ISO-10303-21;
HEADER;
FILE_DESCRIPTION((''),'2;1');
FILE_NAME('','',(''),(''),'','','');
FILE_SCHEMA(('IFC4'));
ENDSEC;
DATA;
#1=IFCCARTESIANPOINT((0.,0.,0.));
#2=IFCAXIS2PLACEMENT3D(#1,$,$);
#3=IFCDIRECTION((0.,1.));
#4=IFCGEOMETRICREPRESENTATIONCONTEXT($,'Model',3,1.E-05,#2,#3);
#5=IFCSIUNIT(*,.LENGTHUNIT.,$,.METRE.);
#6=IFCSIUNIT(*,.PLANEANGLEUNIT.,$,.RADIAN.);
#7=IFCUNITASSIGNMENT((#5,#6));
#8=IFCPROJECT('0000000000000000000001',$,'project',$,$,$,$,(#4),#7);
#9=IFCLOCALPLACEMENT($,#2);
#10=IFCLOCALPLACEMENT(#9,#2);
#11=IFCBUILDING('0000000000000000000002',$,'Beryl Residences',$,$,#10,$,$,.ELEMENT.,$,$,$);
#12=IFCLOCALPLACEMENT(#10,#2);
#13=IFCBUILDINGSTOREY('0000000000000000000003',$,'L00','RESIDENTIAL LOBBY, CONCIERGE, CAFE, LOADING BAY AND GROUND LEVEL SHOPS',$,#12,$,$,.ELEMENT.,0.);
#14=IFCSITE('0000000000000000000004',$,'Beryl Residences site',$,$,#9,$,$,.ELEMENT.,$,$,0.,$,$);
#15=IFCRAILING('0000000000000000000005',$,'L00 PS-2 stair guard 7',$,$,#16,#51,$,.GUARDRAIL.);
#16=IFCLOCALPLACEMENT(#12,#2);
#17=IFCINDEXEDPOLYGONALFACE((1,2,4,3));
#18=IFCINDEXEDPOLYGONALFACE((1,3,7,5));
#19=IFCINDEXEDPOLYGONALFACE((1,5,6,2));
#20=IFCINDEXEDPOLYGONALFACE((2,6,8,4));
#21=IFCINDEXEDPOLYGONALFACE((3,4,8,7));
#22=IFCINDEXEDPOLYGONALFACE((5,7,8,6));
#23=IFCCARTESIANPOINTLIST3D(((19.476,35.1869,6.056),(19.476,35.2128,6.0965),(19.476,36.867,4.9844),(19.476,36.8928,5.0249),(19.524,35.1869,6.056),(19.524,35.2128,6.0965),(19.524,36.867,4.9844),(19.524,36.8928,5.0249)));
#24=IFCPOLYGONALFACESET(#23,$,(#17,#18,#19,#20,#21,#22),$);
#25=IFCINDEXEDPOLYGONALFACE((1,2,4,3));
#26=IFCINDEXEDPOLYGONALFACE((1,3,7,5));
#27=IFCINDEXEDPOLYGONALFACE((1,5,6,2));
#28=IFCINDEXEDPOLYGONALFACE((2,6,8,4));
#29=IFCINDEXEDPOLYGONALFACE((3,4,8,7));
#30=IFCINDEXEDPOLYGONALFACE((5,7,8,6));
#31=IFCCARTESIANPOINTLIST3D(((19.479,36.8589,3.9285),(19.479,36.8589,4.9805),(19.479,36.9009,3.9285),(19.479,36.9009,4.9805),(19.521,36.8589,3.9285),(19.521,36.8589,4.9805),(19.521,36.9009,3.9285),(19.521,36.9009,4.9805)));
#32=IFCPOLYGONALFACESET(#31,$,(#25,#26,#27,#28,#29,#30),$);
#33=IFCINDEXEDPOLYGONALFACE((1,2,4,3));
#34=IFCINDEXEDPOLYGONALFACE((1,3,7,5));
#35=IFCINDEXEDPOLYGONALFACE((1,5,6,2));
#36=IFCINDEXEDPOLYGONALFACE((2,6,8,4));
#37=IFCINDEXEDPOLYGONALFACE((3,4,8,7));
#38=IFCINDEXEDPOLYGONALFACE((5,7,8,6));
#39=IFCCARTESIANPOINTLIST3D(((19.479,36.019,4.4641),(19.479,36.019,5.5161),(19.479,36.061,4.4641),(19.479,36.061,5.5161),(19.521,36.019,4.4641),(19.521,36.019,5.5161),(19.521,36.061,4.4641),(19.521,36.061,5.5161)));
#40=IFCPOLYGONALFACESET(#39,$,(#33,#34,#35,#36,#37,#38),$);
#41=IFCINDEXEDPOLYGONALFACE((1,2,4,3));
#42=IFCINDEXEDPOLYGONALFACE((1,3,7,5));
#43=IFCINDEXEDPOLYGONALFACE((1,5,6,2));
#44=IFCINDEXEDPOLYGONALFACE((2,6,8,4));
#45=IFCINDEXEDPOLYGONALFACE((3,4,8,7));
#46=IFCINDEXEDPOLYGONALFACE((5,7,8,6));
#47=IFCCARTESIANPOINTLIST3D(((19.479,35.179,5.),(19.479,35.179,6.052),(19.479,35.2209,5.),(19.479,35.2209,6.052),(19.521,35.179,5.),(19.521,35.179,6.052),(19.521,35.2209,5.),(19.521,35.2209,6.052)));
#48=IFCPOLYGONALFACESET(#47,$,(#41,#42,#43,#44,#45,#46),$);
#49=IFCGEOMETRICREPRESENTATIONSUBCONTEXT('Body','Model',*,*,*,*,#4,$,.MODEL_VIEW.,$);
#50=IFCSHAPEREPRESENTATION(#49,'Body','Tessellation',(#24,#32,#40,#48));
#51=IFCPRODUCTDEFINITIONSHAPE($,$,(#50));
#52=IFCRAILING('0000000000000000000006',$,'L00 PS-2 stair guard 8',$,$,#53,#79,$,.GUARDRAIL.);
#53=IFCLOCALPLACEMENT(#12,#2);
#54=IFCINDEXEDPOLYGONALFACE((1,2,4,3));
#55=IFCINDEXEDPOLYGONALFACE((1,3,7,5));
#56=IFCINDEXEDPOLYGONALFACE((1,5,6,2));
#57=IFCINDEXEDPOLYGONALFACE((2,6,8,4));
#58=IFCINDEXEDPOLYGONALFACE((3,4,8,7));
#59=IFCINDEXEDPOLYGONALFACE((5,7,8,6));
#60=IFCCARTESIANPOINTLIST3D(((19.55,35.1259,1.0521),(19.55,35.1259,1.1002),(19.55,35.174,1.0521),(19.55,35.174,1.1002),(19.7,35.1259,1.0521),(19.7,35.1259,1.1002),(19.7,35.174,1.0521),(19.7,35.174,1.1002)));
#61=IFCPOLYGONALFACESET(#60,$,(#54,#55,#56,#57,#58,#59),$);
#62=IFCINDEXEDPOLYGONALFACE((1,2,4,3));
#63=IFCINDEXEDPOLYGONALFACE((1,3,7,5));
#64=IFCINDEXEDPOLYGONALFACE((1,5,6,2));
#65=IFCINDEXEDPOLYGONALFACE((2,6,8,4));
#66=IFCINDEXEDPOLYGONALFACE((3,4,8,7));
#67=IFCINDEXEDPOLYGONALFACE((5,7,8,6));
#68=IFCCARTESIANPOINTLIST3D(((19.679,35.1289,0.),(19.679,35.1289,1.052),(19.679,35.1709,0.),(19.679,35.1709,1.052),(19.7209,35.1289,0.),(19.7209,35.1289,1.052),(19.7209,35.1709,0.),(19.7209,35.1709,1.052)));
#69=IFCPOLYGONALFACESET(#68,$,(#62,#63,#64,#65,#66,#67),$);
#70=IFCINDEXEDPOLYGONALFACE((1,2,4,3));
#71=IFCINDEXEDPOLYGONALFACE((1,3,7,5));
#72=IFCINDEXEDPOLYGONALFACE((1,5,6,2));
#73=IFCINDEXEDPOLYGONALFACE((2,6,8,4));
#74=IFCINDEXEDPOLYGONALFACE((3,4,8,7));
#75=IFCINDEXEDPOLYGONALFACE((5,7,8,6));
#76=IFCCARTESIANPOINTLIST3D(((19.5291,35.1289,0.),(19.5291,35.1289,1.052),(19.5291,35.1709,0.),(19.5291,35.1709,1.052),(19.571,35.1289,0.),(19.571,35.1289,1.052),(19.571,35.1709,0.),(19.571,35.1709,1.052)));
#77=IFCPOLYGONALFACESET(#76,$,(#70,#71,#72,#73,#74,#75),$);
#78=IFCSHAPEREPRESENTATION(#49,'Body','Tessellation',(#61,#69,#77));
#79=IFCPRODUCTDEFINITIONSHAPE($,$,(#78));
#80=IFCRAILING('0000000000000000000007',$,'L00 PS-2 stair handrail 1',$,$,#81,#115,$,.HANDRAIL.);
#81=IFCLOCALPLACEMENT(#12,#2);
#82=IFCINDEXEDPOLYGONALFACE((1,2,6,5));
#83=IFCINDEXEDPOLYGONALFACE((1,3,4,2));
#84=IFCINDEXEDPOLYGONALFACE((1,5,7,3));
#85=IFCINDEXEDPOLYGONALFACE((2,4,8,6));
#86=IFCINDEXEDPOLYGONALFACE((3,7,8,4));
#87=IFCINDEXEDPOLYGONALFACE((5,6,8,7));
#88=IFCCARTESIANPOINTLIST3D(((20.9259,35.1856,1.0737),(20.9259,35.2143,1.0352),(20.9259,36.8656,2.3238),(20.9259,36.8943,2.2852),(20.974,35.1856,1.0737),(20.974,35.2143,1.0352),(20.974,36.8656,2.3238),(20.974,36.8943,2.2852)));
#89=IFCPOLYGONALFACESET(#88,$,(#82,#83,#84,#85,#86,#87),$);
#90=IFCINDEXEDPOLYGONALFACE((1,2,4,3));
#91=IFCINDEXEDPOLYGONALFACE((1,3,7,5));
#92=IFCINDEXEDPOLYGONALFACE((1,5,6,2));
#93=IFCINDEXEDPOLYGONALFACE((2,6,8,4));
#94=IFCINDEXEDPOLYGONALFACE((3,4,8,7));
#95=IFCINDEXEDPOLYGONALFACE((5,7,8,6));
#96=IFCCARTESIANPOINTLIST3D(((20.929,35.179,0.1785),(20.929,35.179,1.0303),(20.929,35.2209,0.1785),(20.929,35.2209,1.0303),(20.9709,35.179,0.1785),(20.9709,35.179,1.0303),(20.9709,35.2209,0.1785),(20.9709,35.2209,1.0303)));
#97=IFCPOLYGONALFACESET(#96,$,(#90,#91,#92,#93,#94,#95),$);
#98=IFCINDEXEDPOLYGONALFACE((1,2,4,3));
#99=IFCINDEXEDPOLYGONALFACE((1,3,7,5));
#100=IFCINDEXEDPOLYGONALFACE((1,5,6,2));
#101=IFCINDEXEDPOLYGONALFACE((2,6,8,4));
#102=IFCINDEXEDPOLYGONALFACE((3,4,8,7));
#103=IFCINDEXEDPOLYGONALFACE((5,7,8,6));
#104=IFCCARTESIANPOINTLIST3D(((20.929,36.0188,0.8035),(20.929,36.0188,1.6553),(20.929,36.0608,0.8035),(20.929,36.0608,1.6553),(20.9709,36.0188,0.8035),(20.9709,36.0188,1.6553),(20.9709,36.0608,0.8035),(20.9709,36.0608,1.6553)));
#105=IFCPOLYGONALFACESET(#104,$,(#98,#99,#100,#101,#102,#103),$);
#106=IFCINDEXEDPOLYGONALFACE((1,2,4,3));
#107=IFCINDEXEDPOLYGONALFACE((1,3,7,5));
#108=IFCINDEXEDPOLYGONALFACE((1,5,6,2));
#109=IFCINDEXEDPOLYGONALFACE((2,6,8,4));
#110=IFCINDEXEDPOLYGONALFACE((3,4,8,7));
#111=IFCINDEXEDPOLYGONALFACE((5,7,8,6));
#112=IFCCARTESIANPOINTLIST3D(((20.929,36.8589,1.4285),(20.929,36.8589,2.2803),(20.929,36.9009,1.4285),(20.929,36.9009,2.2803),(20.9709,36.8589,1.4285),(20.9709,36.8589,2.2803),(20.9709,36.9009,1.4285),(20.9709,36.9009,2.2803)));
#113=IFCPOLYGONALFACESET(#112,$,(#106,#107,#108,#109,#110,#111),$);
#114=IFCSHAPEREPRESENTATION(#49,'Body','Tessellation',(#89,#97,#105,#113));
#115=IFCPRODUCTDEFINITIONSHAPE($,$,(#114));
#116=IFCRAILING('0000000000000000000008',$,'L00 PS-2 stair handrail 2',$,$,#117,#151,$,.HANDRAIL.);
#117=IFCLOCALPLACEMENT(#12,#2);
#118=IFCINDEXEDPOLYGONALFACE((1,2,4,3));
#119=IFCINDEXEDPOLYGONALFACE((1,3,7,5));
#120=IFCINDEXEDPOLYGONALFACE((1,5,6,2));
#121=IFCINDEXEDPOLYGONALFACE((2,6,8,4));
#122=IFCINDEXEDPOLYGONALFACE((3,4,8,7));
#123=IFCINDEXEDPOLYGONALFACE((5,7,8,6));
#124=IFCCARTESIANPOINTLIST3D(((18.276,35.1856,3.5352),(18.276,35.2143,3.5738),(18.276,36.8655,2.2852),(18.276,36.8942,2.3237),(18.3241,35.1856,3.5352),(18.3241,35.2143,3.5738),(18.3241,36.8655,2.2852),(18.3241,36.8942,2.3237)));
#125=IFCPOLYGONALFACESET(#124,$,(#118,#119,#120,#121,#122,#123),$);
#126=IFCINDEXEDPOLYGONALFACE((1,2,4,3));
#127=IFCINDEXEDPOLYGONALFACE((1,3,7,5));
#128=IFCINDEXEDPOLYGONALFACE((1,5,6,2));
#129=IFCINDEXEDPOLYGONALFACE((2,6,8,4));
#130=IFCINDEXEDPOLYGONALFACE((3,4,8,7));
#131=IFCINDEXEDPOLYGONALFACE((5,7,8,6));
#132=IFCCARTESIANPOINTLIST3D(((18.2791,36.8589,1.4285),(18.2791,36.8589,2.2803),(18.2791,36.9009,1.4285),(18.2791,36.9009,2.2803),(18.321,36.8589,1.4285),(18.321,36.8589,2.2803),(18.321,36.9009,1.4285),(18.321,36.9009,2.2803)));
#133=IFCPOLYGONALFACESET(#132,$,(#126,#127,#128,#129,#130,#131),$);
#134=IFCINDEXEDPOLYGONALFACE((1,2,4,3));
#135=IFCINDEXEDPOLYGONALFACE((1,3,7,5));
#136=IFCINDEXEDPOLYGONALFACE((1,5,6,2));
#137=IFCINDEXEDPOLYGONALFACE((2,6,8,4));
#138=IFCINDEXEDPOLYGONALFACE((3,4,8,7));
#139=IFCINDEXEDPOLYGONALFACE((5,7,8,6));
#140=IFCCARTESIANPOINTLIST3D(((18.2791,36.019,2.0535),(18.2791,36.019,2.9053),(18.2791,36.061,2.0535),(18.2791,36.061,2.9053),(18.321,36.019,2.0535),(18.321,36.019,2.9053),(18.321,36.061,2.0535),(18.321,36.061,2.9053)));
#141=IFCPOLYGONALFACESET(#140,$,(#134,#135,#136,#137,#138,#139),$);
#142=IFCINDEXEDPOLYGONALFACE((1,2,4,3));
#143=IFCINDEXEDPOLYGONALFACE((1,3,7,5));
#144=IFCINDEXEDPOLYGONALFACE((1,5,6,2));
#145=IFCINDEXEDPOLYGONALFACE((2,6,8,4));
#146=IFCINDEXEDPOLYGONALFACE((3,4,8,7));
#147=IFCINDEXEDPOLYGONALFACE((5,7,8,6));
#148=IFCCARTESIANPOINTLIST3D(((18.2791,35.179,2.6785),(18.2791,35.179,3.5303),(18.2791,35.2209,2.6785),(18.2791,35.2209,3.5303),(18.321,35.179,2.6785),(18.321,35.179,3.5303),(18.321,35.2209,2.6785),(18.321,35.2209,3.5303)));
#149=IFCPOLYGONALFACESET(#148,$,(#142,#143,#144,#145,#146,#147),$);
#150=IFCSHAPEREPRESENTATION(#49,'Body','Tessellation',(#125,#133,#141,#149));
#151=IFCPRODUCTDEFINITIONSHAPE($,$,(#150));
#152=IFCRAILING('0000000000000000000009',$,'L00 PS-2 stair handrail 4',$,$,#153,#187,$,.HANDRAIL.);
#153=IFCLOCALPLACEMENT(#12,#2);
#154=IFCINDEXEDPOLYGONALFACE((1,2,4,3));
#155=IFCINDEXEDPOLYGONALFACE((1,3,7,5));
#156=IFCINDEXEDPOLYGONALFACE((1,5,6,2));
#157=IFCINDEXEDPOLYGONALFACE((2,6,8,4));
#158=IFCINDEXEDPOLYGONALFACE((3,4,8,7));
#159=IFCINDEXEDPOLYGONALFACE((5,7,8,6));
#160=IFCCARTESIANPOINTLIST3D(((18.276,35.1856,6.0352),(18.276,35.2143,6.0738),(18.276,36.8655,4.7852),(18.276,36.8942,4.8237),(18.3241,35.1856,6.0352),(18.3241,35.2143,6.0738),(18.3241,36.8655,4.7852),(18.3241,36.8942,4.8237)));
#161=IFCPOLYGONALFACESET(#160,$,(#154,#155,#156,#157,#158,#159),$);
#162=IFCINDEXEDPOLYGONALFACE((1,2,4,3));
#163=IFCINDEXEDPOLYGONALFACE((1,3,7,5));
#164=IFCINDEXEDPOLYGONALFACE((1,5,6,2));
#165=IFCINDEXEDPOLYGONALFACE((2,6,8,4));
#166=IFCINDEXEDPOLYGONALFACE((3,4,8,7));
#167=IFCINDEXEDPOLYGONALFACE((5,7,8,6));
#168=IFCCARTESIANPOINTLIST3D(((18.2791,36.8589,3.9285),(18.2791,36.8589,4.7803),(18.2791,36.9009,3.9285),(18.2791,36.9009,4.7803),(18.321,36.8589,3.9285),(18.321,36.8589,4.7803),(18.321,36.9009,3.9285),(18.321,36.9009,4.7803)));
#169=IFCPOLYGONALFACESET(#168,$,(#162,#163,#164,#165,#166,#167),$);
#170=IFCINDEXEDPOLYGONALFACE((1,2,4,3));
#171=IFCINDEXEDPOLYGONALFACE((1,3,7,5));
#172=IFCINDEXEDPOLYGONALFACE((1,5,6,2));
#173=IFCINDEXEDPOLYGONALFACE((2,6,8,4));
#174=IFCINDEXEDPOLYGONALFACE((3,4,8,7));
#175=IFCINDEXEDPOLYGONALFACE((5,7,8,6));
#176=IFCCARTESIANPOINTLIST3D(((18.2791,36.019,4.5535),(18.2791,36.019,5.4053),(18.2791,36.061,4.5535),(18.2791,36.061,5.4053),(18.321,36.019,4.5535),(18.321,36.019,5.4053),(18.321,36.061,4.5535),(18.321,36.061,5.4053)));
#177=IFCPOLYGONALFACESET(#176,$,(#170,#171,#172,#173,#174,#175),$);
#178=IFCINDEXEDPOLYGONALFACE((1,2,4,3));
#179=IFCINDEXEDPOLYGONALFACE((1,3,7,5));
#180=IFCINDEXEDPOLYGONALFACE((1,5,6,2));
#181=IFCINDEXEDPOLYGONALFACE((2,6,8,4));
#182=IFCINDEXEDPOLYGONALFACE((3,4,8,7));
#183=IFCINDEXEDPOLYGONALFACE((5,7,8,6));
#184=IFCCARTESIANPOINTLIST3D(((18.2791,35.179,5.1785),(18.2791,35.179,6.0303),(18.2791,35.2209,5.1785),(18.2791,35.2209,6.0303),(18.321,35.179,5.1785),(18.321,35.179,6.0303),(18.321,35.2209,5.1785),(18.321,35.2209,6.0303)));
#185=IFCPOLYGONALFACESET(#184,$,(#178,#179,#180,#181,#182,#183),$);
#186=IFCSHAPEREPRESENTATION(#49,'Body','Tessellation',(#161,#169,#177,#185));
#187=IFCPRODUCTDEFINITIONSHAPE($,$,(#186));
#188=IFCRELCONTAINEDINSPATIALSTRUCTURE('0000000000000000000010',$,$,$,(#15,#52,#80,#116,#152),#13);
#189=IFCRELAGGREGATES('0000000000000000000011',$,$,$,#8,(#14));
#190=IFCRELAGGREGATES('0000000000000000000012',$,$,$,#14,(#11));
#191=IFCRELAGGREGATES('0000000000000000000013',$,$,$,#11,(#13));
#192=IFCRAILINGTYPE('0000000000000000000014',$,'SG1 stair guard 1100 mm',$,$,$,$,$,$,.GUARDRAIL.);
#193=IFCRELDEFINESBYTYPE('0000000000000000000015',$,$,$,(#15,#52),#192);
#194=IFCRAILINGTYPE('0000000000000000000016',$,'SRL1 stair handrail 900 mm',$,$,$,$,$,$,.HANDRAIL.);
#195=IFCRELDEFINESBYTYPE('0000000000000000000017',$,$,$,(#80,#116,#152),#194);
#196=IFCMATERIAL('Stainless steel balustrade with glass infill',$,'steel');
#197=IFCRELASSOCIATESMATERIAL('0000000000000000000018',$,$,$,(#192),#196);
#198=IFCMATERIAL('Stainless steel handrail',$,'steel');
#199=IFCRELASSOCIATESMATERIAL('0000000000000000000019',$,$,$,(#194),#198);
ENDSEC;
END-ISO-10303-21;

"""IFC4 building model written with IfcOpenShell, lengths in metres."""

from ifc_helpers import new_model, si_unit, direction, frame, origin, origin_2d, place, context, subcontext, project, spatial, rectangle, extrude, material, type_object, element, save


model = new_model("IFC4")

# Units and contexts
model_context = context("Model", 3, precision=1e-05, world=origin(), true_north=direction((0.0, 1.0)))
body_context = subcontext(model_context, "Body", "Model", "MODEL_VIEW")
ifc_project = project(units=[si_unit("LENGTHUNIT", "METRE"), si_unit("PLANEANGLEUNIT", "RADIAN")], contexts=[model_context])

# Site, building, storey
site_placement = place(None, origin())
site = spatial("IfcSite", under=ifc_project, at=site_placement, Name="Beryl Residences site", CompositionType="ELEMENT", RefElevation=0.0)
building_placement = place(site_placement, origin())
building = spatial("IfcBuilding", under=site, at=building_placement, Name="Beryl Residences", CompositionType="ELEMENT")
storey_placement = place(building_placement, origin())
storey = spatial("IfcBuildingStorey", under=building, at=storey_placement, Name="L00", Description="RESIDENTIAL LOBBY, CONCIERGE, CAFE, LOADING BAY AND GROUND LEVEL SHOPS", CompositionType="ELEMENT", Elevation=0.0)

# Railings
ifc_material_1 = material(Name="Stainless steel balustrade with glass infill", Category="steel")
railing_type_1 = type_object("IfcRailingType", Name="SG1 stair guard 1100 mm", PredefinedType="GUARDRAIL", material=ifc_material_1)
railing_1_placement = place(storey_placement, frame((19.5, 36.8799, 3.9285)))
element("IfcRailing", 1, at=railing_1_placement, inside=storey, type_object=railing_type_1, Name="L00 PS-2 stair guard 7", PredefinedType="GUARDRAIL", context=body_context, shape_type="SweptSolid", body=[
    extrude(rectangle(XDim=0.0481, YDim=0.0481, at=origin_2d()), frame((0.0, 0.0, 1.0762), z_axis=(0.0, -0.843096, 0.537763), x_axis=(1.0, 0.0, 0.0)), (0.0, 0.0, 1.0), 1.9927),
    extrude(rectangle(XDim=0.042, YDim=0.042, at=origin_2d()), origin(), (0.0, 0.0, 1.0), 1.052),
    extrude(rectangle(XDim=0.042, YDim=0.042, at=origin_2d()), frame((0.0, -0.8398, 0.5356)), (0.0, 0.0, 1.0), 1.052),
    extrude(rectangle(XDim=0.042, YDim=0.042, at=origin_2d()), frame((0.0, -1.6799, 1.0715)), (0.0, 0.0, 1.0), 1.052),
])
railing_2_placement = place(storey_placement, frame((19.7, 35.1499, 0.0)))
element("IfcRailing", 2, at=railing_2_placement, inside=storey, type_object=railing_type_1, Name="L00 PS-2 stair guard 8", PredefinedType="GUARDRAIL", context=body_context, shape_type="SweptSolid", body=[
    extrude(rectangle(XDim=0.0481, YDim=0.0481, at=origin_2d()), frame((0.0, 0.0, 1.0762), z_axis=(-1.0, 0.0, 0.0), x_axis=(0.0, -1.0, 0.0)), (0.0, 0.0, 1.0), 0.1499),
    extrude(rectangle(XDim=0.042, YDim=0.042, at=origin_2d()), origin(), (0.0, 0.0, 1.0), 1.052),
    extrude(rectangle(XDim=0.042, YDim=0.042, at=origin_2d()), frame((-0.1499, 0.0, 0.0)), (0.0, 0.0, 1.0), 1.052),
])
ifc_material_2 = material(Name="Stainless steel handrail", Category="steel")
railing_type_2 = type_object("IfcRailingType", Name="SRL1 stair handrail 900 mm", PredefinedType="HANDRAIL", material=ifc_material_2)
railing_3_placement = place(storey_placement, frame((20.95, 35.2, 0.1785)))
element("IfcRailing", 3, at=railing_3_placement, inside=storey, type_object=railing_type_2, Name="L00 PS-2 stair handrail 1", PredefinedType="HANDRAIL", context=body_context, shape_type="SweptSolid", body=[
    extrude(rectangle(XDim=0.0481, YDim=0.0481, at=origin_2d()), frame((0.0, 0.0, 0.876), z_axis=(0.0, 0.802275, 0.596955), x_axis=(-1.0, 0.0, 0.0)), (0.0, 0.0, 1.0), 2.094),
    extrude(rectangle(XDim=0.042, YDim=0.042, at=origin_2d()), origin(), (0.0, 0.0, 1.0), 0.8518),
    extrude(rectangle(XDim=0.042, YDim=0.042, at=origin_2d()), frame((0.0, 0.8398, 0.625)), (0.0, 0.0, 1.0), 0.8518),
    extrude(rectangle(XDim=0.042, YDim=0.042, at=origin_2d()), frame((0.0, 1.6799, 1.25)), (0.0, 0.0, 1.0), 0.8518),
])
for number, where, name in (
    (4, (18.3, 36.8799, 1.4285), "L00 PS-2 stair handrail 2"),
    (5, (18.3, 36.8799, 3.9285), "L00 PS-2 stair handrail 4"),
):
    element("IfcRailing", number, at=place(storey_placement, frame(where)), inside=storey, type_object=railing_type_2, Name=name, PredefinedType="HANDRAIL", context=body_context, shape_type="SweptSolid", body=[
        extrude(rectangle(XDim=0.0481, YDim=0.0481, at=origin_2d()), frame((0.0, 0.0, 0.876), z_axis=(0.0, -0.802275, 0.596955), x_axis=(1.0, 0.0, 0.0)), (0.0, 0.0, 1.0), 2.094),
        extrude(rectangle(XDim=0.042, YDim=0.042, at=origin_2d()), origin(), (0.0, 0.0, 1.0), 0.8518),
        extrude(rectangle(XDim=0.042, YDim=0.042, at=origin_2d()), frame((0.0, -0.8398, 0.625)), (0.0, 0.0, 1.0), 0.8518),
        extrude(rectangle(XDim=0.042, YDim=0.042, at=origin_2d()), frame((0.0, -1.6799, 1.25)), (0.0, 0.0, 1.0), 0.8518),
    ])

save(model, "model.ifc")
